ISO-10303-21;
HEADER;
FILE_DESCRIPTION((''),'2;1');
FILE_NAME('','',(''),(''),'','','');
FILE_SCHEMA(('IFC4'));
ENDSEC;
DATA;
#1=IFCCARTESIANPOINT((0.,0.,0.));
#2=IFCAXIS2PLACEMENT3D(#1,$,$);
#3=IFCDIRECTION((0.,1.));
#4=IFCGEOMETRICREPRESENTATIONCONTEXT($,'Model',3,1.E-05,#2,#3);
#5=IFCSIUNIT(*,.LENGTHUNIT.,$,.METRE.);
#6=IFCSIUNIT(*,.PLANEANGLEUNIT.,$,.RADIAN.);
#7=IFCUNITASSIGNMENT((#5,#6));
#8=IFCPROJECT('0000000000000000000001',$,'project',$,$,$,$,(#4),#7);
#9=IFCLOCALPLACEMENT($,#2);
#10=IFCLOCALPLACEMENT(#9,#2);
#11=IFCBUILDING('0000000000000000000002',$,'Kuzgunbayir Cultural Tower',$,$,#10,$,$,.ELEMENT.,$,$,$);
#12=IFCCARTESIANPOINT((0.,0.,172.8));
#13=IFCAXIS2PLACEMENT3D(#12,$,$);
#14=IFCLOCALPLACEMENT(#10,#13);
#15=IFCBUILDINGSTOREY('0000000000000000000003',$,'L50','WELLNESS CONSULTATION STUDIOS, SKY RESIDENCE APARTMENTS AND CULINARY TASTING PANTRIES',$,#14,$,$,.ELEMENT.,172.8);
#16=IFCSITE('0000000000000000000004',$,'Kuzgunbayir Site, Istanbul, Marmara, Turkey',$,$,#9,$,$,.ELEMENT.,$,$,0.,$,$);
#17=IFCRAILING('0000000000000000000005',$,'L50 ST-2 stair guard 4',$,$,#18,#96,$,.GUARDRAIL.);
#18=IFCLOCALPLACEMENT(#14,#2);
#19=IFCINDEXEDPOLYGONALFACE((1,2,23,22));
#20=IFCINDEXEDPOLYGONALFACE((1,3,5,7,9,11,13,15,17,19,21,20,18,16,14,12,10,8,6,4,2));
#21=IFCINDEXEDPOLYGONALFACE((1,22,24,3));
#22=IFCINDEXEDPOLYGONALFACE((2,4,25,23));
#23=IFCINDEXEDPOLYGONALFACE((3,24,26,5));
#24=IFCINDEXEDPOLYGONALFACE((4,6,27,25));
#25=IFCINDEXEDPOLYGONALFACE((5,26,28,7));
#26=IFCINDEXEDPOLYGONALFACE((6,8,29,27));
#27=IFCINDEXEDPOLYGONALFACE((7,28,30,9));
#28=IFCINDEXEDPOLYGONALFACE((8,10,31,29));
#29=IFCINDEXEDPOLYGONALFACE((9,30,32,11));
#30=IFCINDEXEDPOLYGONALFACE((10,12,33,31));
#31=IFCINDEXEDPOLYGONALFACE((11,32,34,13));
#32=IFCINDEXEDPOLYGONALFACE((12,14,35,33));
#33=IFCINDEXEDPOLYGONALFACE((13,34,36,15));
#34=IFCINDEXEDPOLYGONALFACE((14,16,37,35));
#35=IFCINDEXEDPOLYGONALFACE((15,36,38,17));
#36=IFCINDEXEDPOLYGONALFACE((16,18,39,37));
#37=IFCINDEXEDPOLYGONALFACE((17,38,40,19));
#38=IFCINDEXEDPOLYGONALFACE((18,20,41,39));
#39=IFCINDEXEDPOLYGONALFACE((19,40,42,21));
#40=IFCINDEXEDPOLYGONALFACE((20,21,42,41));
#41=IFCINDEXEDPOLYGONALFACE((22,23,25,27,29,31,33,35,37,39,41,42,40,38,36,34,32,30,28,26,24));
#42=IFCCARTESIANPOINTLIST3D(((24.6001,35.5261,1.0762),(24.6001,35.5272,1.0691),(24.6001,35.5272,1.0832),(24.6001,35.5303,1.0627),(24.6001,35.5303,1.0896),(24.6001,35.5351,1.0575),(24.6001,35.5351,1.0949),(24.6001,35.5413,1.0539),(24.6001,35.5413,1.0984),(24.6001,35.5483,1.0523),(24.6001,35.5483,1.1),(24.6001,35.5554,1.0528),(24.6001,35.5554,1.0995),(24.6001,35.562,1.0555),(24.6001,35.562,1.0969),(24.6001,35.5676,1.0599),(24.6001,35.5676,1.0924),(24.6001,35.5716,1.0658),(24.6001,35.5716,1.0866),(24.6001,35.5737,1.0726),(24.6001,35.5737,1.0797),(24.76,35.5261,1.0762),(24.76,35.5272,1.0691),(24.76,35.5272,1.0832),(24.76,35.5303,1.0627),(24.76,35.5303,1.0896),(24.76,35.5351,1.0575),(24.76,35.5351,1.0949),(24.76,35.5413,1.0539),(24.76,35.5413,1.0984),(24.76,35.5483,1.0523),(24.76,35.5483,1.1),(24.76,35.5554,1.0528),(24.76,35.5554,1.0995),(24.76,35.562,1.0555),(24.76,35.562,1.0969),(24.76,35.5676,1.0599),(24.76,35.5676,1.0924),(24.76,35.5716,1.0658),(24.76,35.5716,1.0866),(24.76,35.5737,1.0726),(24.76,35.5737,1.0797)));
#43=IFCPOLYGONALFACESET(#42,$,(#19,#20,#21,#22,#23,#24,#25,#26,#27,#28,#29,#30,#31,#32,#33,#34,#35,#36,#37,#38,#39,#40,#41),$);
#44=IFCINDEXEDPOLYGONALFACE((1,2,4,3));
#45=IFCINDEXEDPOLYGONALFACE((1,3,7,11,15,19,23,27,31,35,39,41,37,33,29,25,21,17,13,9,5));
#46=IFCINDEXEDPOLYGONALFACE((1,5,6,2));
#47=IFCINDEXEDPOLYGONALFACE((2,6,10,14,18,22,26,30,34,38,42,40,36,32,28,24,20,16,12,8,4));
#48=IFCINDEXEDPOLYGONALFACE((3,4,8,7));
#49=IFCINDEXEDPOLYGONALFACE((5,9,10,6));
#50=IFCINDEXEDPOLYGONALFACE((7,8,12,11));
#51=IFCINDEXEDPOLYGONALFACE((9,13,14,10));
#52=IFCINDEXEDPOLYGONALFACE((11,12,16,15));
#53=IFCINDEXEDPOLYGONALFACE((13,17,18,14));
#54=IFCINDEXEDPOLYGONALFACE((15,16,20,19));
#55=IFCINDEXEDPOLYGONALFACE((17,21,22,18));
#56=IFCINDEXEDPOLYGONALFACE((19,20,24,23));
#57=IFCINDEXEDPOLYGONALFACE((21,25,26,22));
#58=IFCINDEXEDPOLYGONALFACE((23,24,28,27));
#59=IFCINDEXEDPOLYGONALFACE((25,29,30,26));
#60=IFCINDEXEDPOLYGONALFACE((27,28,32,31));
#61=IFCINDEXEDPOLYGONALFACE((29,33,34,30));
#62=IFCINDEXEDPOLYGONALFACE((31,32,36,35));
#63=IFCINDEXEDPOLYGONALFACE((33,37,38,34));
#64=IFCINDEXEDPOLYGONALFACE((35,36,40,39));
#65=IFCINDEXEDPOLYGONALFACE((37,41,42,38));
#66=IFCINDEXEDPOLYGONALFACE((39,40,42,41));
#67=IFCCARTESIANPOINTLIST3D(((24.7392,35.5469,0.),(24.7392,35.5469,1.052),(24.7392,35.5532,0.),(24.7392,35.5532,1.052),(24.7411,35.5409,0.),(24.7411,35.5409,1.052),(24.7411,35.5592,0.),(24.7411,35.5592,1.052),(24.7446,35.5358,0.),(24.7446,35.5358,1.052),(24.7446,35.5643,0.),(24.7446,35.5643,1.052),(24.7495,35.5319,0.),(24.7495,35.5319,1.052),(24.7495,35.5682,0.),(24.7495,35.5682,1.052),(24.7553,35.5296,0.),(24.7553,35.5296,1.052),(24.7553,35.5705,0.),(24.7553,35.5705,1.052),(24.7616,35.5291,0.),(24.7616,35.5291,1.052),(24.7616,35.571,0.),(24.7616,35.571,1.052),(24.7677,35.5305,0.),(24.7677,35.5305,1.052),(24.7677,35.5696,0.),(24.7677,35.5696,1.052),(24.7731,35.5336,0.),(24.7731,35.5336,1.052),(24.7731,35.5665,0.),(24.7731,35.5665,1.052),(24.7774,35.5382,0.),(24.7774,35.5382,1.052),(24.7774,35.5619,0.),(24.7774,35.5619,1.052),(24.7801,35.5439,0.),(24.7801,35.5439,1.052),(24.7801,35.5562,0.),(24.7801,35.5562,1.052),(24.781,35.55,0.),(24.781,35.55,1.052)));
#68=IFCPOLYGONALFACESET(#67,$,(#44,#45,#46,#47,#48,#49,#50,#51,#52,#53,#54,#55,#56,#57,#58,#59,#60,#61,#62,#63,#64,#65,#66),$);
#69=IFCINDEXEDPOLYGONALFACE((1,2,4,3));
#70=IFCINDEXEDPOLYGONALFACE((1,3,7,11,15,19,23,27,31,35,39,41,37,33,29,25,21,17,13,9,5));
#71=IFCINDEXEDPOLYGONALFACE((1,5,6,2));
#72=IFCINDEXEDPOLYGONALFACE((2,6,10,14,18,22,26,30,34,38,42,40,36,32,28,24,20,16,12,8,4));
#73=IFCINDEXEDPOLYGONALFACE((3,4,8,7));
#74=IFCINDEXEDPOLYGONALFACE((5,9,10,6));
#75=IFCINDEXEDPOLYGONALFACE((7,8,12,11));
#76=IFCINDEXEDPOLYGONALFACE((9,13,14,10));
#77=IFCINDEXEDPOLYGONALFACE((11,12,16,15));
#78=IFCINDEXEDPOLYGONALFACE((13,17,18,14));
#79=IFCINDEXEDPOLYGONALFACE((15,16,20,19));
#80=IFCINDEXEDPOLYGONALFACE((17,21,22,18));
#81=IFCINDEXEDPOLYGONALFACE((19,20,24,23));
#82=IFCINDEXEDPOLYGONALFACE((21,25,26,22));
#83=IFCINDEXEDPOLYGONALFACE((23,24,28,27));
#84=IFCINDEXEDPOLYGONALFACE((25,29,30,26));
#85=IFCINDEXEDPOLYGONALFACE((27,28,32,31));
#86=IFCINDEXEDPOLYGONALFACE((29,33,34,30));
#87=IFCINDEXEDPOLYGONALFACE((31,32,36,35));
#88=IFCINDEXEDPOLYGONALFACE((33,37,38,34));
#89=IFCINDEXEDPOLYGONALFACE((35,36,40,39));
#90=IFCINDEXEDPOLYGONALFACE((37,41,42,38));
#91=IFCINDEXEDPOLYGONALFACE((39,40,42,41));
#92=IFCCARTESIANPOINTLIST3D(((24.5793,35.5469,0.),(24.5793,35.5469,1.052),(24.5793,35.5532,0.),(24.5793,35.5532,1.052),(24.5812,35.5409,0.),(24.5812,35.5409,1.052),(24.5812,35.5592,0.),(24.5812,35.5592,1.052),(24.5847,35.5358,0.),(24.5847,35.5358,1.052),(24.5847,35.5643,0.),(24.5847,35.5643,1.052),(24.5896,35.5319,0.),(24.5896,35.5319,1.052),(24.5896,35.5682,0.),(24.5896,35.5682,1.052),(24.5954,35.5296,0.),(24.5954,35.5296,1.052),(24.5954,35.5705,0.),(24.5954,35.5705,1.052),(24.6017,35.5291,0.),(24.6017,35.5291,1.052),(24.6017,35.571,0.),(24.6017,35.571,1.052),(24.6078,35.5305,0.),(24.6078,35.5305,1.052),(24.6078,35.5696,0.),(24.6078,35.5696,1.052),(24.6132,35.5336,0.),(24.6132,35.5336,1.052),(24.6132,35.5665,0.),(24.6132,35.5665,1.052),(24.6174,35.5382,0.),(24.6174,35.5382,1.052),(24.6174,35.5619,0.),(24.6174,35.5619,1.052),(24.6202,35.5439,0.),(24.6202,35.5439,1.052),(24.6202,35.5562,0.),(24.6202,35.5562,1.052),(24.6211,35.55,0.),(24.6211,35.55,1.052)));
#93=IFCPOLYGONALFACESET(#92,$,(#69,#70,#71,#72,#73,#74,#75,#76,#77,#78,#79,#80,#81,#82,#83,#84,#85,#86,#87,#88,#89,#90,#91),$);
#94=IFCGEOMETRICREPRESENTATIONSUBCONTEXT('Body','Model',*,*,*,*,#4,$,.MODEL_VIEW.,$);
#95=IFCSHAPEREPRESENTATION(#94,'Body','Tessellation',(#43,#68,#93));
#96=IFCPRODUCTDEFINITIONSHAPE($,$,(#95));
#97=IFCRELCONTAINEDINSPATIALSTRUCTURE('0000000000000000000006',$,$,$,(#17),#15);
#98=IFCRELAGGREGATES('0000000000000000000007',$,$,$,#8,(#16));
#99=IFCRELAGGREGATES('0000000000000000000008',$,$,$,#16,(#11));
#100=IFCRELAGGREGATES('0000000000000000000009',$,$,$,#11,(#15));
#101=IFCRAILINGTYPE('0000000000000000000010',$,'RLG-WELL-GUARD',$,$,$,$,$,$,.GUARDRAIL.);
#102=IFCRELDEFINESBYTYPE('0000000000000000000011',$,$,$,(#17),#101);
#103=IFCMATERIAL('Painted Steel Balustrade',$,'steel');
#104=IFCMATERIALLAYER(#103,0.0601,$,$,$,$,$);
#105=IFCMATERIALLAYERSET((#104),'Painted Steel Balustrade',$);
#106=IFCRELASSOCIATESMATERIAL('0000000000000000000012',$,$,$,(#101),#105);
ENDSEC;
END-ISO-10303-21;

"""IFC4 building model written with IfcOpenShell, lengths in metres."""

from ifc_helpers import new_model, si_unit, direction, frame, origin, origin_2d, place, context, subcontext, project, spatial, circle, extrude, material, layer, layer_set, type_object, element, save


model = new_model("IFC4")

# Units and contexts
model_context = context("Model", 3, precision=1e-05, world=origin(), true_north=direction((0.0, 1.0)))
body_context = subcontext(model_context, "Body", "Model", "MODEL_VIEW")
ifc_project = project(units=[si_unit("LENGTHUNIT", "METRE"), si_unit("PLANEANGLEUNIT", "RADIAN")], contexts=[model_context])

# Site, building, storey
site_placement = place(None, origin())
site = spatial("IfcSite", under=ifc_project, at=site_placement, Name="Kuzgunbayir Site, Istanbul, Marmara, Turkey", CompositionType="ELEMENT", RefElevation=0.0)
building_placement = place(site_placement, origin())
building = spatial("IfcBuilding", under=site, at=building_placement, Name="Kuzgunbayir Cultural Tower", CompositionType="ELEMENT")
storey_placement = place(building_placement, frame((0.0, 0.0, 172.8)))
storey = spatial("IfcBuildingStorey", under=building, at=storey_placement, Name="L50", Description="WELLNESS CONSULTATION STUDIOS, SKY RESIDENCE APARTMENTS AND CULINARY TASTING PANTRIES", CompositionType="ELEMENT", Elevation=172.8)

# Railing
ifc_material_1 = material(Name="Painted Steel Balustrade", Category="steel")
ifc_layer_1 = layer(ifc_material_1, 0.0601)
ifc_layer_set_1 = layer_set([ifc_layer_1], Name="Painted Steel Balustrade")
railing_type_1 = type_object("IfcRailingType", Name="RLG-WELL-GUARD", PredefinedType="GUARDRAIL", material=ifc_layer_set_1)
railing_1_placement = place(storey_placement, frame((24.76, 35.55, 0.0)))
element("IfcRailing", 1, at=railing_1_placement, inside=storey, type_object=railing_type_1, Name="L50 ST-2 stair guard 4", PredefinedType="GUARDRAIL", context=body_context, shape_type="SweptSolid", body=[
    extrude(circle(Radius=0.0239, at=origin_2d()), frame((0.0, 0.0, 1.0762), z_axis=(-1.0, 0.0, 0.0), x_axis=(0.0, -1.0, 0.0)), (0.0, 0.0, 1.0), 0.1599),
    extrude(circle(Radius=0.021, at=origin_2d()), origin(), (0.0, 0.0, 1.0), 1.052),
    extrude(circle(Radius=0.021, at=origin_2d()), frame((-0.1599, 0.0, 0.0)), (0.0, 0.0, 1.0), 1.052),
])

save(model, "model.ifc")
